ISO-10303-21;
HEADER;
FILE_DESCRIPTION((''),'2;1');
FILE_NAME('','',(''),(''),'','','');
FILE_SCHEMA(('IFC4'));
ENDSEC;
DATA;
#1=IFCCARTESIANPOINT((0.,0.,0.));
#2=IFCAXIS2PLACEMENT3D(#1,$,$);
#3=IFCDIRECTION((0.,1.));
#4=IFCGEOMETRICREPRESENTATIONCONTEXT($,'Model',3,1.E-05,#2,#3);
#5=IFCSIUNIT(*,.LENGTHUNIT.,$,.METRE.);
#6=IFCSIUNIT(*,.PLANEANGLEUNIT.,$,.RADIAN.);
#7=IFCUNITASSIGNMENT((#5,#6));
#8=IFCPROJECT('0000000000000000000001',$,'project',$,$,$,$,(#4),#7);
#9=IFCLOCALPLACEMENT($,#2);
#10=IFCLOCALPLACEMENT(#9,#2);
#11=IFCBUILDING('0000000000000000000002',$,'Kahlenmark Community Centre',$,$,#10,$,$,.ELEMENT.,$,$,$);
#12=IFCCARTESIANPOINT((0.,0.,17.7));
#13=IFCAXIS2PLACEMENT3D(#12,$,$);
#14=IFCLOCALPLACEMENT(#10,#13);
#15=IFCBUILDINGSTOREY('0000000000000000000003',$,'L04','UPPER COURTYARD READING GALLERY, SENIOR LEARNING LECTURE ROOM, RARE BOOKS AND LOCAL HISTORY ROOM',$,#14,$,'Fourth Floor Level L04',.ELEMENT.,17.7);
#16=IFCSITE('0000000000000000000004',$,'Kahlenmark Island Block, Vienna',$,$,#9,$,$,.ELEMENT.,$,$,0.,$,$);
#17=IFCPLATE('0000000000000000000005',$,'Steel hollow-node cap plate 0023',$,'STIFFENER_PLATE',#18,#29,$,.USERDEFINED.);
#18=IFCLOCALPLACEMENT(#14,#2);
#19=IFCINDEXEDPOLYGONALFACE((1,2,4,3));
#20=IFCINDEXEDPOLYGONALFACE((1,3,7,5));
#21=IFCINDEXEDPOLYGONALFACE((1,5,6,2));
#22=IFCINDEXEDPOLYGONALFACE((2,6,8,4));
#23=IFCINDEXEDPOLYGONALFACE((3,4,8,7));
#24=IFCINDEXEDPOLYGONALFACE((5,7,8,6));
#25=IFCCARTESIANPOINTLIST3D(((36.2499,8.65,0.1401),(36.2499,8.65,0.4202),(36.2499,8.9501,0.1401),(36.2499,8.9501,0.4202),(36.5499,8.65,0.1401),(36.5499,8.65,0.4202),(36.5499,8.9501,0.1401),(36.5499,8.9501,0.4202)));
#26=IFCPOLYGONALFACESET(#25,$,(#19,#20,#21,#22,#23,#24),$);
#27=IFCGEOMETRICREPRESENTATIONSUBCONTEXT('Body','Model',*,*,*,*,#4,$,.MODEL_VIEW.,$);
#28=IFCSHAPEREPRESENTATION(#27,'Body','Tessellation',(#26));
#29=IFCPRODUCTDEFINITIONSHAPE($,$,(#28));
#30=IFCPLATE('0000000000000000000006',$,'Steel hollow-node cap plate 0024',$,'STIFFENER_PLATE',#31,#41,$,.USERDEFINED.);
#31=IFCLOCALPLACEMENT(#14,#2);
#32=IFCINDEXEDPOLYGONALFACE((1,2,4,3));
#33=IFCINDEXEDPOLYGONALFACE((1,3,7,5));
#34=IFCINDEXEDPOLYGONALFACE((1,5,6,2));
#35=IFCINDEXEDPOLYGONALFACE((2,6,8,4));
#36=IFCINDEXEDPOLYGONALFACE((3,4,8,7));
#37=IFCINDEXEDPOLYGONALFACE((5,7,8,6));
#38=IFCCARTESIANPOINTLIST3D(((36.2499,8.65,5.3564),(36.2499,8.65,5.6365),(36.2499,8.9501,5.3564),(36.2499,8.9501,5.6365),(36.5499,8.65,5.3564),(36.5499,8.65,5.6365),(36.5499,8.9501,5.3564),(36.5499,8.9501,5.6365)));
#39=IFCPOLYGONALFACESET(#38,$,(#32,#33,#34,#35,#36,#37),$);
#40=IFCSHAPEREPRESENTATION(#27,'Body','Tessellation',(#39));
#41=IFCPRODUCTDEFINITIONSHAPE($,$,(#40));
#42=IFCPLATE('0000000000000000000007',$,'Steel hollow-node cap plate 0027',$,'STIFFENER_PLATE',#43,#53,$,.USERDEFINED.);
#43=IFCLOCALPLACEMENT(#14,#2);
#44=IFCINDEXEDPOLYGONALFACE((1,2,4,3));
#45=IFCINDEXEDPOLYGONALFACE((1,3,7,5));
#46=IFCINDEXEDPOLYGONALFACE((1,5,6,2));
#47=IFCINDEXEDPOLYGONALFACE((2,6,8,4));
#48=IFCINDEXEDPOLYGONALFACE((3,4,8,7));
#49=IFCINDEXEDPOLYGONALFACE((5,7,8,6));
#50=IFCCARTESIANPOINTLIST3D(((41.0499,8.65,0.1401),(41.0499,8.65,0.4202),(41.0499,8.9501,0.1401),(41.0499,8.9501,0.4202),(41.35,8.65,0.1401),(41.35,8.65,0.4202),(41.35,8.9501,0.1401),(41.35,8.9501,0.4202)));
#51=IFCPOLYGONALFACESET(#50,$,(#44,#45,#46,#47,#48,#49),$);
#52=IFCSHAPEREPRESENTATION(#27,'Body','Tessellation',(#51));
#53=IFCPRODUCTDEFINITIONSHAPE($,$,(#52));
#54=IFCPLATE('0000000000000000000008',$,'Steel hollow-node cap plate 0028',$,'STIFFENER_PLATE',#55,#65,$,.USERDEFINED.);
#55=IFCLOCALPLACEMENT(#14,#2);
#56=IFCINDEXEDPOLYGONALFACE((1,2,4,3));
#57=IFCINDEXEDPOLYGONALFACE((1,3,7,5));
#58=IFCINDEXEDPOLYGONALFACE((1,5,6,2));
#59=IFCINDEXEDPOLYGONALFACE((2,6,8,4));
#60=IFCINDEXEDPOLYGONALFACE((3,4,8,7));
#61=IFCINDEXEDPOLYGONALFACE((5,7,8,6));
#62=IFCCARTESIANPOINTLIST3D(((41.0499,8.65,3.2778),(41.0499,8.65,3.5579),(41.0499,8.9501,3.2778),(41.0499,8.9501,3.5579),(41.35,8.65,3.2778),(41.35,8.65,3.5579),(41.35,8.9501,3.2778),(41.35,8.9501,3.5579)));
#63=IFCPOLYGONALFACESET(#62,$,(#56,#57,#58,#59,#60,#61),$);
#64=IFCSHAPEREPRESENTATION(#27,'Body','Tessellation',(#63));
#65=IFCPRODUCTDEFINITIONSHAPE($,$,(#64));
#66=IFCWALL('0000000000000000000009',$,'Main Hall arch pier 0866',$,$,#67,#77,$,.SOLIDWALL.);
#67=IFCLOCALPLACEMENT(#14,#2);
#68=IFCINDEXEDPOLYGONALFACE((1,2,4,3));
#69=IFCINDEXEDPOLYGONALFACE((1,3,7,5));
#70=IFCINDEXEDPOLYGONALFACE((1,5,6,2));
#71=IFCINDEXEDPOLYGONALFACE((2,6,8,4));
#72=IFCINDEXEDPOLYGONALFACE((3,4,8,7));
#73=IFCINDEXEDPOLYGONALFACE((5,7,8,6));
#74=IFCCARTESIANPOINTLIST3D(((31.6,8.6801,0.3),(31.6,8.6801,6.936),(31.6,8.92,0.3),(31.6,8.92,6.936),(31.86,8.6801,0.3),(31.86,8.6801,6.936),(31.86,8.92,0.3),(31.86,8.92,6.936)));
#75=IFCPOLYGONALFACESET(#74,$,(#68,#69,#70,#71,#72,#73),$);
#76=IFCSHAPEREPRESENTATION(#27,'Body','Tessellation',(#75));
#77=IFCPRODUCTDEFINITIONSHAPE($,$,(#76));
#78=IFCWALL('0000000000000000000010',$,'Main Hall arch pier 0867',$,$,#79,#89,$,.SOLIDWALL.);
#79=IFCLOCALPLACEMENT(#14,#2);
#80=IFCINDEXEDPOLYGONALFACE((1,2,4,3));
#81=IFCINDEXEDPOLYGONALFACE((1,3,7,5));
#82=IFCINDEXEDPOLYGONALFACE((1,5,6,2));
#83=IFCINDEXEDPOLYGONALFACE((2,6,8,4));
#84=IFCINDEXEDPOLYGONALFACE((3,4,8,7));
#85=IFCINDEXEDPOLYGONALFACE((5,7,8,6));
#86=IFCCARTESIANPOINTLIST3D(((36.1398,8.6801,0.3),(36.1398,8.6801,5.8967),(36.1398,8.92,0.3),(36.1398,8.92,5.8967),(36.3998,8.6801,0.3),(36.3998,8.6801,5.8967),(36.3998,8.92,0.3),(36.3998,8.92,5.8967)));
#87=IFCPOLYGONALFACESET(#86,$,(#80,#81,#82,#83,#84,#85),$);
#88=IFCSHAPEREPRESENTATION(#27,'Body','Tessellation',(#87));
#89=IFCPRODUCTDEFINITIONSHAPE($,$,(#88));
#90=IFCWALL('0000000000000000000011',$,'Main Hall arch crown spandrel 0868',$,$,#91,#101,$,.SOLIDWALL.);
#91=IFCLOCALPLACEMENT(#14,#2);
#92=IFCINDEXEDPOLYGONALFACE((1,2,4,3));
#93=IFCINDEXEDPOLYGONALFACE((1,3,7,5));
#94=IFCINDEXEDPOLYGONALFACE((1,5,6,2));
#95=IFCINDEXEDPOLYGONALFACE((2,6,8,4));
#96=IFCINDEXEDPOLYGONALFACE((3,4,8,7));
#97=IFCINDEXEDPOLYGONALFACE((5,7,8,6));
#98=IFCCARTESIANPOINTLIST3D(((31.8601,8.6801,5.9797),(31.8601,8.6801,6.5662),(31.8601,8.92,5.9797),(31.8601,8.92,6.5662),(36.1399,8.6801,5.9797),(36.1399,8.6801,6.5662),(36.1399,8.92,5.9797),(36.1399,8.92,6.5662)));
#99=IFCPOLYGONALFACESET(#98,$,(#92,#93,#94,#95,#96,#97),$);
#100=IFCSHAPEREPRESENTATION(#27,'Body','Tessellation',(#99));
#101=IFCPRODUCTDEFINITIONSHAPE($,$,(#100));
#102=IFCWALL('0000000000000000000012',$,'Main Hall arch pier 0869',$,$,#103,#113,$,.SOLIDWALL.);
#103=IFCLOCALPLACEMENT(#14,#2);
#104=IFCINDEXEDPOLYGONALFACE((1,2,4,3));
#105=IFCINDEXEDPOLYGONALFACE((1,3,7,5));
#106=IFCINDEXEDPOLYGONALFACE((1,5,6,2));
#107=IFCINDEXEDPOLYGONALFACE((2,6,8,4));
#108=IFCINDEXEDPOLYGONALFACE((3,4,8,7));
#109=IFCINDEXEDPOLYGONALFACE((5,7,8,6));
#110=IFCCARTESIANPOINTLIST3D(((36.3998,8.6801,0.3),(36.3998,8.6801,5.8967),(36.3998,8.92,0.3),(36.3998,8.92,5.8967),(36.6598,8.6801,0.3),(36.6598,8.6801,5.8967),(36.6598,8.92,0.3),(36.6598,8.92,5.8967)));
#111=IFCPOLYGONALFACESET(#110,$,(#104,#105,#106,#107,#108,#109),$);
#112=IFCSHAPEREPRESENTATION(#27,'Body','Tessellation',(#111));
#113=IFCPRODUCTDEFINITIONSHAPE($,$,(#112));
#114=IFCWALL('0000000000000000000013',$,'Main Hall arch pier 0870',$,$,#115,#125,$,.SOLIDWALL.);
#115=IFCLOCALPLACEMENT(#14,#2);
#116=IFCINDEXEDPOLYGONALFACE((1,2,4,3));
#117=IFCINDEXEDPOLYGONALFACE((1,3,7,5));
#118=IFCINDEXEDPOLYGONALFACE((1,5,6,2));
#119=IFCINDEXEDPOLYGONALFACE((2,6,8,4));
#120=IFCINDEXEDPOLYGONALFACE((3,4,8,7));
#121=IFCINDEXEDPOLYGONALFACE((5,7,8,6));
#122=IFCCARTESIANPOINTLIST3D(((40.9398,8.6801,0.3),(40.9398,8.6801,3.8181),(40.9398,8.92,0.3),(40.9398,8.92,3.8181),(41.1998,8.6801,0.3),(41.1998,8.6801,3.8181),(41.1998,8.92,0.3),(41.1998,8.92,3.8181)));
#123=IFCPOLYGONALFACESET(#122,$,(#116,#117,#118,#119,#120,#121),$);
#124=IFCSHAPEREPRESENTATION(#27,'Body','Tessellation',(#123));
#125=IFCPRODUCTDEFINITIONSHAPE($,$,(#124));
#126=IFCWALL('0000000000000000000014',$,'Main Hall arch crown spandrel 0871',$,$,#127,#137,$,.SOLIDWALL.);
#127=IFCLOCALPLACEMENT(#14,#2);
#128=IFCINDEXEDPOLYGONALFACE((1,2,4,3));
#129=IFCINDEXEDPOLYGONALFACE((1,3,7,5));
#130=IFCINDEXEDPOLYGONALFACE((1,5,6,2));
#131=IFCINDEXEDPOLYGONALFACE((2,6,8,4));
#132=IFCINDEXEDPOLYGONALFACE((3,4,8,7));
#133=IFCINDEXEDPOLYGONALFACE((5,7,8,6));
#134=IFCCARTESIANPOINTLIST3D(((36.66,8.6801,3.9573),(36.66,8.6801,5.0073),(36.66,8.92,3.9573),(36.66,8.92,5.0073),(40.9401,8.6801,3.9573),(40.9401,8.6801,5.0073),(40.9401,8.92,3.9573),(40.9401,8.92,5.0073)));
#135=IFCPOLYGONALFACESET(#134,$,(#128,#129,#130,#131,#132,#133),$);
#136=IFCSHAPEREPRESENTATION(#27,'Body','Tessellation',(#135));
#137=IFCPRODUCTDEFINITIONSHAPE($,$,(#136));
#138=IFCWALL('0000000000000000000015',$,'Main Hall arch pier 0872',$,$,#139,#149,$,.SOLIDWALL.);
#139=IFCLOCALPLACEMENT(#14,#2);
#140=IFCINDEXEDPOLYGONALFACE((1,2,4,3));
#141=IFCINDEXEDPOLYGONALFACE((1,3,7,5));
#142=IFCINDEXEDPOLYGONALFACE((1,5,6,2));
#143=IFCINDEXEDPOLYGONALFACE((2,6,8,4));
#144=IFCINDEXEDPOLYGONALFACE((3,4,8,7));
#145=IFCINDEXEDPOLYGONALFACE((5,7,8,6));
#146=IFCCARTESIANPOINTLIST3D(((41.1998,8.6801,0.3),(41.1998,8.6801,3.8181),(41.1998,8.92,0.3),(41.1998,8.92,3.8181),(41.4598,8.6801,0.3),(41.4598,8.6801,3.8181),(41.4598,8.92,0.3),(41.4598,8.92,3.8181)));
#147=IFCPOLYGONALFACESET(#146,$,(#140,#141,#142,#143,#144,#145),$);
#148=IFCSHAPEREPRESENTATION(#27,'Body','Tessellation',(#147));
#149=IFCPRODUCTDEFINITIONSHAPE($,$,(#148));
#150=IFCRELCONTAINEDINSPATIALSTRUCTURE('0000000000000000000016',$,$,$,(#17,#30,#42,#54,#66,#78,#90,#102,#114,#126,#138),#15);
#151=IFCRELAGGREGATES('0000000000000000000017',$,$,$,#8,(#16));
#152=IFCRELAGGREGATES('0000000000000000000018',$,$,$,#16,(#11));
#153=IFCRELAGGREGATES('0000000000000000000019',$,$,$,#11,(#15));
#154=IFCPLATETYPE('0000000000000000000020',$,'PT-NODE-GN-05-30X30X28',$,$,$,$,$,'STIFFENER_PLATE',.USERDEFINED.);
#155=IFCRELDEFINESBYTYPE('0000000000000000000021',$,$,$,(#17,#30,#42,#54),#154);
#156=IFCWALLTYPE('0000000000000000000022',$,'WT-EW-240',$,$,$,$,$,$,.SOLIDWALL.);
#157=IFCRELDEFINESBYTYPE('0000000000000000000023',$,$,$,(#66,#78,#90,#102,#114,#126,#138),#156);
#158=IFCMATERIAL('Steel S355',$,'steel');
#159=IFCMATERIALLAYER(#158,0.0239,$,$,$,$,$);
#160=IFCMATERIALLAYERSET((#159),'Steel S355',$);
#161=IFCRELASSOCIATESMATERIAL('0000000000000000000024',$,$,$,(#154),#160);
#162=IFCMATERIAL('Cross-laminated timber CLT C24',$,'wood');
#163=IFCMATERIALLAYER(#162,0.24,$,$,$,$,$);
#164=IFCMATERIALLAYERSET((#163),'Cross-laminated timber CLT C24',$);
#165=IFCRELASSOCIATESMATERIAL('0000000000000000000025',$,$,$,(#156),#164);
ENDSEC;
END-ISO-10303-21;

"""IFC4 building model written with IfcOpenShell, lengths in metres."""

from ifc_helpers import new_model, si_unit, direction, frame, frame_2d, origin, origin_2d, place, context, subcontext, project, spatial, rectangle, extrude, material, layer, layer_set, type_object, element, save


model = new_model("IFC4")

# Units and contexts
model_context = context("Model", 3, precision=1e-05, world=origin(), true_north=direction((0.0, 1.0)))
body_context = subcontext(model_context, "Body", "Model", "MODEL_VIEW")
ifc_project = project(units=[si_unit("LENGTHUNIT", "METRE"), si_unit("PLANEANGLEUNIT", "RADIAN")], contexts=[model_context])

# Site, building, storey
site_placement = place(None, origin())
site = spatial("IfcSite", under=ifc_project, at=site_placement, Name="Kahlenmark Island Block, Vienna", CompositionType="ELEMENT", RefElevation=0.0)
building_placement = place(site_placement, origin())
building = spatial("IfcBuilding", under=site, at=building_placement, Name="Kahlenmark Community Centre", CompositionType="ELEMENT")
storey_placement = place(building_placement, frame((0.0, 0.0, 17.7)))
storey = spatial("IfcBuildingStorey", under=building, at=storey_placement, Name="L04", Description="UPPER COURTYARD READING GALLERY, SENIOR LEARNING LECTURE ROOM, RARE BOOKS AND LOCAL HISTORY ROOM", LongName="Fourth Floor Level L04", CompositionType="ELEMENT", Elevation=17.7)

# Shared definitions
ifc_material_1 = material(Name="Steel S355", Category="steel")

# Plates
ifc_layer_1 = layer(ifc_material_1, 0.0239)
ifc_layer_set_1 = layer_set([ifc_layer_1], Name="Steel S355")
plate_type_1 = type_object("IfcPlateType", Name="PT-NODE-GN-05-30X30X28", ElementType="STIFFENER_PLATE", PredefinedType="USERDEFINED", material=ifc_layer_set_1)
for number, where, z_axis, x_axis, name in (
    (1, (36.3999, 8.8, 0.1401), (0.0, 0.0, 1.0), (1.0, 0.0, 0.0), "Steel hollow-node cap plate 0023"),
    (2, (36.3999, 8.8, 5.3564), (0.0, 0.0, 1.0), (1.0, 0.0, 0.0), "Steel hollow-node cap plate 0024"),
    (3, (41.2, 8.8, 0.1401), (0.0, 0.0, 1.0), (1.0, 0.0, 0.0), "Steel hollow-node cap plate 0027"),
    (4, (41.2, 8.8, 3.2778), (0.0, 0.0, 1.0), (1.0, 0.0, 0.0), "Steel hollow-node cap plate 0028"),
):
    element("IfcPlate", number, at=place(storey_placement, frame(where, z_axis=z_axis, x_axis=x_axis)), inside=storey, type_object=plate_type_1, Name=name, ObjectType="STIFFENER_PLATE", PredefinedType="USERDEFINED", context=body_context, shape_type="SweptSolid", body=[
        extrude(rectangle(XDim=0.3, YDim=0.3, at=origin_2d()), origin(), (0.0, 0.0, 1.0), 0.28),
    ])

# Walls
ifc_material_2 = material(Name="Cross-laminated timber CLT C24", Category="wood")
ifc_layer_2 = layer(ifc_material_2, 0.24)
ifc_layer_set_2 = layer_set([ifc_layer_2], Name="Cross-laminated timber CLT C24")
wall_type = type_object("IfcWallType", Name="WT-EW-240", PredefinedType="SOLIDWALL", material=ifc_layer_set_2)
wall_1_placement = place(storey_placement, frame((31.6001, 8.8, 0.3), z_axis=(0.0, 0.0, 1.0), x_axis=(1.0, 0.0, 0.0)))
element("IfcWall", 5, at=wall_1_placement, inside=storey, type_object=wall_type, Name="Main Hall arch pier 0866", PredefinedType="SOLIDWALL", context=body_context, shape_type="SweptSolid", body=[
    extrude(rectangle(XDim=0.26, YDim=0.24, at=frame_2d((0.1299, 0.0))), origin(), (0.0, 0.0, 1.0), 6.636),
])
wall_2_placement = place(storey_placement, frame((36.1399, 8.8, 0.3), z_axis=(0.0, 0.0, 1.0), x_axis=(1.0, 0.0, 0.0)))
element("IfcWall", 6, at=wall_2_placement, inside=storey, type_object=wall_type, Name="Main Hall arch pier 0867", PredefinedType="SOLIDWALL", context=body_context, shape_type="SweptSolid", body=[
    extrude(rectangle(XDim=0.26, YDim=0.24, at=frame_2d((0.1299, 0.0))), origin(), (0.0, 0.0, 1.0), 5.5967),
])
wall_3_placement = place(storey_placement, frame((31.8601, 8.8, 5.9797), z_axis=(0.0, 0.0, 1.0), x_axis=(1.0, 0.0, 0.0)))
element("IfcWall", 7, at=wall_3_placement, inside=storey, type_object=wall_type, Name="Main Hall arch crown spandrel 0868", PredefinedType="SOLIDWALL", context=body_context, shape_type="SweptSolid", body=[
    extrude(rectangle(XDim=4.2798, YDim=0.24, at=frame_2d((2.1399, 0.0))), origin(), (0.0, 0.0, 1.0), 0.5864),
])
wall_4_placement = place(storey_placement, frame((36.3999, 8.8, 0.3), z_axis=(0.0, 0.0, 1.0), x_axis=(1.0, 0.0, 0.0)))
element("IfcWall", 8, at=wall_4_placement, inside=storey, type_object=wall_type, Name="Main Hall arch pier 0869", PredefinedType="SOLIDWALL", context=body_context, shape_type="SweptSolid", body=[
    extrude(rectangle(XDim=0.26, YDim=0.24, at=frame_2d((0.1299, 0.0))), origin(), (0.0, 0.0, 1.0), 5.5967),
])
wall_5_placement = place(storey_placement, frame((40.9399, 8.8, 0.3), z_axis=(0.0, 0.0, 1.0), x_axis=(1.0, 0.0, 0.0)))
element("IfcWall", 9, at=wall_5_placement, inside=storey, type_object=wall_type, Name="Main Hall arch pier 0870", PredefinedType="SOLIDWALL", context=body_context, shape_type="SweptSolid", body=[
    extrude(rectangle(XDim=0.26, YDim=0.24, at=frame_2d((0.1299, 0.0))), origin(), (0.0, 0.0, 1.0), 3.5181),
])
wall_6_placement = place(storey_placement, frame((36.6599, 8.8, 3.9573), z_axis=(0.0, 0.0, 1.0), x_axis=(1.0, 0.0, 0.0)))
element("IfcWall", 10, at=wall_6_placement, inside=storey, type_object=wall_type, Name="Main Hall arch crown spandrel 0871", PredefinedType="SOLIDWALL", context=body_context, shape_type="SweptSolid", body=[
    extrude(rectangle(XDim=4.28, YDim=0.24, at=frame_2d((2.1401, 0.0))), origin(), (0.0, 0.0, 1.0), 1.05),
])
wall_7_placement = place(storey_placement, frame((41.2, 8.8, 0.3), z_axis=(0.0, 0.0, 1.0), x_axis=(1.0, 0.0, 0.0)))
element("IfcWall", 11, at=wall_7_placement, inside=storey, type_object=wall_type, Name="Main Hall arch pier 0872", PredefinedType="SOLIDWALL", context=body_context, shape_type="SweptSolid", body=[
    extrude(rectangle(XDim=0.26, YDim=0.24, at=frame_2d((0.1299, 0.0))), origin(), (0.0, 0.0, 1.0), 3.5181),
])

save(model, "model.ifc")
